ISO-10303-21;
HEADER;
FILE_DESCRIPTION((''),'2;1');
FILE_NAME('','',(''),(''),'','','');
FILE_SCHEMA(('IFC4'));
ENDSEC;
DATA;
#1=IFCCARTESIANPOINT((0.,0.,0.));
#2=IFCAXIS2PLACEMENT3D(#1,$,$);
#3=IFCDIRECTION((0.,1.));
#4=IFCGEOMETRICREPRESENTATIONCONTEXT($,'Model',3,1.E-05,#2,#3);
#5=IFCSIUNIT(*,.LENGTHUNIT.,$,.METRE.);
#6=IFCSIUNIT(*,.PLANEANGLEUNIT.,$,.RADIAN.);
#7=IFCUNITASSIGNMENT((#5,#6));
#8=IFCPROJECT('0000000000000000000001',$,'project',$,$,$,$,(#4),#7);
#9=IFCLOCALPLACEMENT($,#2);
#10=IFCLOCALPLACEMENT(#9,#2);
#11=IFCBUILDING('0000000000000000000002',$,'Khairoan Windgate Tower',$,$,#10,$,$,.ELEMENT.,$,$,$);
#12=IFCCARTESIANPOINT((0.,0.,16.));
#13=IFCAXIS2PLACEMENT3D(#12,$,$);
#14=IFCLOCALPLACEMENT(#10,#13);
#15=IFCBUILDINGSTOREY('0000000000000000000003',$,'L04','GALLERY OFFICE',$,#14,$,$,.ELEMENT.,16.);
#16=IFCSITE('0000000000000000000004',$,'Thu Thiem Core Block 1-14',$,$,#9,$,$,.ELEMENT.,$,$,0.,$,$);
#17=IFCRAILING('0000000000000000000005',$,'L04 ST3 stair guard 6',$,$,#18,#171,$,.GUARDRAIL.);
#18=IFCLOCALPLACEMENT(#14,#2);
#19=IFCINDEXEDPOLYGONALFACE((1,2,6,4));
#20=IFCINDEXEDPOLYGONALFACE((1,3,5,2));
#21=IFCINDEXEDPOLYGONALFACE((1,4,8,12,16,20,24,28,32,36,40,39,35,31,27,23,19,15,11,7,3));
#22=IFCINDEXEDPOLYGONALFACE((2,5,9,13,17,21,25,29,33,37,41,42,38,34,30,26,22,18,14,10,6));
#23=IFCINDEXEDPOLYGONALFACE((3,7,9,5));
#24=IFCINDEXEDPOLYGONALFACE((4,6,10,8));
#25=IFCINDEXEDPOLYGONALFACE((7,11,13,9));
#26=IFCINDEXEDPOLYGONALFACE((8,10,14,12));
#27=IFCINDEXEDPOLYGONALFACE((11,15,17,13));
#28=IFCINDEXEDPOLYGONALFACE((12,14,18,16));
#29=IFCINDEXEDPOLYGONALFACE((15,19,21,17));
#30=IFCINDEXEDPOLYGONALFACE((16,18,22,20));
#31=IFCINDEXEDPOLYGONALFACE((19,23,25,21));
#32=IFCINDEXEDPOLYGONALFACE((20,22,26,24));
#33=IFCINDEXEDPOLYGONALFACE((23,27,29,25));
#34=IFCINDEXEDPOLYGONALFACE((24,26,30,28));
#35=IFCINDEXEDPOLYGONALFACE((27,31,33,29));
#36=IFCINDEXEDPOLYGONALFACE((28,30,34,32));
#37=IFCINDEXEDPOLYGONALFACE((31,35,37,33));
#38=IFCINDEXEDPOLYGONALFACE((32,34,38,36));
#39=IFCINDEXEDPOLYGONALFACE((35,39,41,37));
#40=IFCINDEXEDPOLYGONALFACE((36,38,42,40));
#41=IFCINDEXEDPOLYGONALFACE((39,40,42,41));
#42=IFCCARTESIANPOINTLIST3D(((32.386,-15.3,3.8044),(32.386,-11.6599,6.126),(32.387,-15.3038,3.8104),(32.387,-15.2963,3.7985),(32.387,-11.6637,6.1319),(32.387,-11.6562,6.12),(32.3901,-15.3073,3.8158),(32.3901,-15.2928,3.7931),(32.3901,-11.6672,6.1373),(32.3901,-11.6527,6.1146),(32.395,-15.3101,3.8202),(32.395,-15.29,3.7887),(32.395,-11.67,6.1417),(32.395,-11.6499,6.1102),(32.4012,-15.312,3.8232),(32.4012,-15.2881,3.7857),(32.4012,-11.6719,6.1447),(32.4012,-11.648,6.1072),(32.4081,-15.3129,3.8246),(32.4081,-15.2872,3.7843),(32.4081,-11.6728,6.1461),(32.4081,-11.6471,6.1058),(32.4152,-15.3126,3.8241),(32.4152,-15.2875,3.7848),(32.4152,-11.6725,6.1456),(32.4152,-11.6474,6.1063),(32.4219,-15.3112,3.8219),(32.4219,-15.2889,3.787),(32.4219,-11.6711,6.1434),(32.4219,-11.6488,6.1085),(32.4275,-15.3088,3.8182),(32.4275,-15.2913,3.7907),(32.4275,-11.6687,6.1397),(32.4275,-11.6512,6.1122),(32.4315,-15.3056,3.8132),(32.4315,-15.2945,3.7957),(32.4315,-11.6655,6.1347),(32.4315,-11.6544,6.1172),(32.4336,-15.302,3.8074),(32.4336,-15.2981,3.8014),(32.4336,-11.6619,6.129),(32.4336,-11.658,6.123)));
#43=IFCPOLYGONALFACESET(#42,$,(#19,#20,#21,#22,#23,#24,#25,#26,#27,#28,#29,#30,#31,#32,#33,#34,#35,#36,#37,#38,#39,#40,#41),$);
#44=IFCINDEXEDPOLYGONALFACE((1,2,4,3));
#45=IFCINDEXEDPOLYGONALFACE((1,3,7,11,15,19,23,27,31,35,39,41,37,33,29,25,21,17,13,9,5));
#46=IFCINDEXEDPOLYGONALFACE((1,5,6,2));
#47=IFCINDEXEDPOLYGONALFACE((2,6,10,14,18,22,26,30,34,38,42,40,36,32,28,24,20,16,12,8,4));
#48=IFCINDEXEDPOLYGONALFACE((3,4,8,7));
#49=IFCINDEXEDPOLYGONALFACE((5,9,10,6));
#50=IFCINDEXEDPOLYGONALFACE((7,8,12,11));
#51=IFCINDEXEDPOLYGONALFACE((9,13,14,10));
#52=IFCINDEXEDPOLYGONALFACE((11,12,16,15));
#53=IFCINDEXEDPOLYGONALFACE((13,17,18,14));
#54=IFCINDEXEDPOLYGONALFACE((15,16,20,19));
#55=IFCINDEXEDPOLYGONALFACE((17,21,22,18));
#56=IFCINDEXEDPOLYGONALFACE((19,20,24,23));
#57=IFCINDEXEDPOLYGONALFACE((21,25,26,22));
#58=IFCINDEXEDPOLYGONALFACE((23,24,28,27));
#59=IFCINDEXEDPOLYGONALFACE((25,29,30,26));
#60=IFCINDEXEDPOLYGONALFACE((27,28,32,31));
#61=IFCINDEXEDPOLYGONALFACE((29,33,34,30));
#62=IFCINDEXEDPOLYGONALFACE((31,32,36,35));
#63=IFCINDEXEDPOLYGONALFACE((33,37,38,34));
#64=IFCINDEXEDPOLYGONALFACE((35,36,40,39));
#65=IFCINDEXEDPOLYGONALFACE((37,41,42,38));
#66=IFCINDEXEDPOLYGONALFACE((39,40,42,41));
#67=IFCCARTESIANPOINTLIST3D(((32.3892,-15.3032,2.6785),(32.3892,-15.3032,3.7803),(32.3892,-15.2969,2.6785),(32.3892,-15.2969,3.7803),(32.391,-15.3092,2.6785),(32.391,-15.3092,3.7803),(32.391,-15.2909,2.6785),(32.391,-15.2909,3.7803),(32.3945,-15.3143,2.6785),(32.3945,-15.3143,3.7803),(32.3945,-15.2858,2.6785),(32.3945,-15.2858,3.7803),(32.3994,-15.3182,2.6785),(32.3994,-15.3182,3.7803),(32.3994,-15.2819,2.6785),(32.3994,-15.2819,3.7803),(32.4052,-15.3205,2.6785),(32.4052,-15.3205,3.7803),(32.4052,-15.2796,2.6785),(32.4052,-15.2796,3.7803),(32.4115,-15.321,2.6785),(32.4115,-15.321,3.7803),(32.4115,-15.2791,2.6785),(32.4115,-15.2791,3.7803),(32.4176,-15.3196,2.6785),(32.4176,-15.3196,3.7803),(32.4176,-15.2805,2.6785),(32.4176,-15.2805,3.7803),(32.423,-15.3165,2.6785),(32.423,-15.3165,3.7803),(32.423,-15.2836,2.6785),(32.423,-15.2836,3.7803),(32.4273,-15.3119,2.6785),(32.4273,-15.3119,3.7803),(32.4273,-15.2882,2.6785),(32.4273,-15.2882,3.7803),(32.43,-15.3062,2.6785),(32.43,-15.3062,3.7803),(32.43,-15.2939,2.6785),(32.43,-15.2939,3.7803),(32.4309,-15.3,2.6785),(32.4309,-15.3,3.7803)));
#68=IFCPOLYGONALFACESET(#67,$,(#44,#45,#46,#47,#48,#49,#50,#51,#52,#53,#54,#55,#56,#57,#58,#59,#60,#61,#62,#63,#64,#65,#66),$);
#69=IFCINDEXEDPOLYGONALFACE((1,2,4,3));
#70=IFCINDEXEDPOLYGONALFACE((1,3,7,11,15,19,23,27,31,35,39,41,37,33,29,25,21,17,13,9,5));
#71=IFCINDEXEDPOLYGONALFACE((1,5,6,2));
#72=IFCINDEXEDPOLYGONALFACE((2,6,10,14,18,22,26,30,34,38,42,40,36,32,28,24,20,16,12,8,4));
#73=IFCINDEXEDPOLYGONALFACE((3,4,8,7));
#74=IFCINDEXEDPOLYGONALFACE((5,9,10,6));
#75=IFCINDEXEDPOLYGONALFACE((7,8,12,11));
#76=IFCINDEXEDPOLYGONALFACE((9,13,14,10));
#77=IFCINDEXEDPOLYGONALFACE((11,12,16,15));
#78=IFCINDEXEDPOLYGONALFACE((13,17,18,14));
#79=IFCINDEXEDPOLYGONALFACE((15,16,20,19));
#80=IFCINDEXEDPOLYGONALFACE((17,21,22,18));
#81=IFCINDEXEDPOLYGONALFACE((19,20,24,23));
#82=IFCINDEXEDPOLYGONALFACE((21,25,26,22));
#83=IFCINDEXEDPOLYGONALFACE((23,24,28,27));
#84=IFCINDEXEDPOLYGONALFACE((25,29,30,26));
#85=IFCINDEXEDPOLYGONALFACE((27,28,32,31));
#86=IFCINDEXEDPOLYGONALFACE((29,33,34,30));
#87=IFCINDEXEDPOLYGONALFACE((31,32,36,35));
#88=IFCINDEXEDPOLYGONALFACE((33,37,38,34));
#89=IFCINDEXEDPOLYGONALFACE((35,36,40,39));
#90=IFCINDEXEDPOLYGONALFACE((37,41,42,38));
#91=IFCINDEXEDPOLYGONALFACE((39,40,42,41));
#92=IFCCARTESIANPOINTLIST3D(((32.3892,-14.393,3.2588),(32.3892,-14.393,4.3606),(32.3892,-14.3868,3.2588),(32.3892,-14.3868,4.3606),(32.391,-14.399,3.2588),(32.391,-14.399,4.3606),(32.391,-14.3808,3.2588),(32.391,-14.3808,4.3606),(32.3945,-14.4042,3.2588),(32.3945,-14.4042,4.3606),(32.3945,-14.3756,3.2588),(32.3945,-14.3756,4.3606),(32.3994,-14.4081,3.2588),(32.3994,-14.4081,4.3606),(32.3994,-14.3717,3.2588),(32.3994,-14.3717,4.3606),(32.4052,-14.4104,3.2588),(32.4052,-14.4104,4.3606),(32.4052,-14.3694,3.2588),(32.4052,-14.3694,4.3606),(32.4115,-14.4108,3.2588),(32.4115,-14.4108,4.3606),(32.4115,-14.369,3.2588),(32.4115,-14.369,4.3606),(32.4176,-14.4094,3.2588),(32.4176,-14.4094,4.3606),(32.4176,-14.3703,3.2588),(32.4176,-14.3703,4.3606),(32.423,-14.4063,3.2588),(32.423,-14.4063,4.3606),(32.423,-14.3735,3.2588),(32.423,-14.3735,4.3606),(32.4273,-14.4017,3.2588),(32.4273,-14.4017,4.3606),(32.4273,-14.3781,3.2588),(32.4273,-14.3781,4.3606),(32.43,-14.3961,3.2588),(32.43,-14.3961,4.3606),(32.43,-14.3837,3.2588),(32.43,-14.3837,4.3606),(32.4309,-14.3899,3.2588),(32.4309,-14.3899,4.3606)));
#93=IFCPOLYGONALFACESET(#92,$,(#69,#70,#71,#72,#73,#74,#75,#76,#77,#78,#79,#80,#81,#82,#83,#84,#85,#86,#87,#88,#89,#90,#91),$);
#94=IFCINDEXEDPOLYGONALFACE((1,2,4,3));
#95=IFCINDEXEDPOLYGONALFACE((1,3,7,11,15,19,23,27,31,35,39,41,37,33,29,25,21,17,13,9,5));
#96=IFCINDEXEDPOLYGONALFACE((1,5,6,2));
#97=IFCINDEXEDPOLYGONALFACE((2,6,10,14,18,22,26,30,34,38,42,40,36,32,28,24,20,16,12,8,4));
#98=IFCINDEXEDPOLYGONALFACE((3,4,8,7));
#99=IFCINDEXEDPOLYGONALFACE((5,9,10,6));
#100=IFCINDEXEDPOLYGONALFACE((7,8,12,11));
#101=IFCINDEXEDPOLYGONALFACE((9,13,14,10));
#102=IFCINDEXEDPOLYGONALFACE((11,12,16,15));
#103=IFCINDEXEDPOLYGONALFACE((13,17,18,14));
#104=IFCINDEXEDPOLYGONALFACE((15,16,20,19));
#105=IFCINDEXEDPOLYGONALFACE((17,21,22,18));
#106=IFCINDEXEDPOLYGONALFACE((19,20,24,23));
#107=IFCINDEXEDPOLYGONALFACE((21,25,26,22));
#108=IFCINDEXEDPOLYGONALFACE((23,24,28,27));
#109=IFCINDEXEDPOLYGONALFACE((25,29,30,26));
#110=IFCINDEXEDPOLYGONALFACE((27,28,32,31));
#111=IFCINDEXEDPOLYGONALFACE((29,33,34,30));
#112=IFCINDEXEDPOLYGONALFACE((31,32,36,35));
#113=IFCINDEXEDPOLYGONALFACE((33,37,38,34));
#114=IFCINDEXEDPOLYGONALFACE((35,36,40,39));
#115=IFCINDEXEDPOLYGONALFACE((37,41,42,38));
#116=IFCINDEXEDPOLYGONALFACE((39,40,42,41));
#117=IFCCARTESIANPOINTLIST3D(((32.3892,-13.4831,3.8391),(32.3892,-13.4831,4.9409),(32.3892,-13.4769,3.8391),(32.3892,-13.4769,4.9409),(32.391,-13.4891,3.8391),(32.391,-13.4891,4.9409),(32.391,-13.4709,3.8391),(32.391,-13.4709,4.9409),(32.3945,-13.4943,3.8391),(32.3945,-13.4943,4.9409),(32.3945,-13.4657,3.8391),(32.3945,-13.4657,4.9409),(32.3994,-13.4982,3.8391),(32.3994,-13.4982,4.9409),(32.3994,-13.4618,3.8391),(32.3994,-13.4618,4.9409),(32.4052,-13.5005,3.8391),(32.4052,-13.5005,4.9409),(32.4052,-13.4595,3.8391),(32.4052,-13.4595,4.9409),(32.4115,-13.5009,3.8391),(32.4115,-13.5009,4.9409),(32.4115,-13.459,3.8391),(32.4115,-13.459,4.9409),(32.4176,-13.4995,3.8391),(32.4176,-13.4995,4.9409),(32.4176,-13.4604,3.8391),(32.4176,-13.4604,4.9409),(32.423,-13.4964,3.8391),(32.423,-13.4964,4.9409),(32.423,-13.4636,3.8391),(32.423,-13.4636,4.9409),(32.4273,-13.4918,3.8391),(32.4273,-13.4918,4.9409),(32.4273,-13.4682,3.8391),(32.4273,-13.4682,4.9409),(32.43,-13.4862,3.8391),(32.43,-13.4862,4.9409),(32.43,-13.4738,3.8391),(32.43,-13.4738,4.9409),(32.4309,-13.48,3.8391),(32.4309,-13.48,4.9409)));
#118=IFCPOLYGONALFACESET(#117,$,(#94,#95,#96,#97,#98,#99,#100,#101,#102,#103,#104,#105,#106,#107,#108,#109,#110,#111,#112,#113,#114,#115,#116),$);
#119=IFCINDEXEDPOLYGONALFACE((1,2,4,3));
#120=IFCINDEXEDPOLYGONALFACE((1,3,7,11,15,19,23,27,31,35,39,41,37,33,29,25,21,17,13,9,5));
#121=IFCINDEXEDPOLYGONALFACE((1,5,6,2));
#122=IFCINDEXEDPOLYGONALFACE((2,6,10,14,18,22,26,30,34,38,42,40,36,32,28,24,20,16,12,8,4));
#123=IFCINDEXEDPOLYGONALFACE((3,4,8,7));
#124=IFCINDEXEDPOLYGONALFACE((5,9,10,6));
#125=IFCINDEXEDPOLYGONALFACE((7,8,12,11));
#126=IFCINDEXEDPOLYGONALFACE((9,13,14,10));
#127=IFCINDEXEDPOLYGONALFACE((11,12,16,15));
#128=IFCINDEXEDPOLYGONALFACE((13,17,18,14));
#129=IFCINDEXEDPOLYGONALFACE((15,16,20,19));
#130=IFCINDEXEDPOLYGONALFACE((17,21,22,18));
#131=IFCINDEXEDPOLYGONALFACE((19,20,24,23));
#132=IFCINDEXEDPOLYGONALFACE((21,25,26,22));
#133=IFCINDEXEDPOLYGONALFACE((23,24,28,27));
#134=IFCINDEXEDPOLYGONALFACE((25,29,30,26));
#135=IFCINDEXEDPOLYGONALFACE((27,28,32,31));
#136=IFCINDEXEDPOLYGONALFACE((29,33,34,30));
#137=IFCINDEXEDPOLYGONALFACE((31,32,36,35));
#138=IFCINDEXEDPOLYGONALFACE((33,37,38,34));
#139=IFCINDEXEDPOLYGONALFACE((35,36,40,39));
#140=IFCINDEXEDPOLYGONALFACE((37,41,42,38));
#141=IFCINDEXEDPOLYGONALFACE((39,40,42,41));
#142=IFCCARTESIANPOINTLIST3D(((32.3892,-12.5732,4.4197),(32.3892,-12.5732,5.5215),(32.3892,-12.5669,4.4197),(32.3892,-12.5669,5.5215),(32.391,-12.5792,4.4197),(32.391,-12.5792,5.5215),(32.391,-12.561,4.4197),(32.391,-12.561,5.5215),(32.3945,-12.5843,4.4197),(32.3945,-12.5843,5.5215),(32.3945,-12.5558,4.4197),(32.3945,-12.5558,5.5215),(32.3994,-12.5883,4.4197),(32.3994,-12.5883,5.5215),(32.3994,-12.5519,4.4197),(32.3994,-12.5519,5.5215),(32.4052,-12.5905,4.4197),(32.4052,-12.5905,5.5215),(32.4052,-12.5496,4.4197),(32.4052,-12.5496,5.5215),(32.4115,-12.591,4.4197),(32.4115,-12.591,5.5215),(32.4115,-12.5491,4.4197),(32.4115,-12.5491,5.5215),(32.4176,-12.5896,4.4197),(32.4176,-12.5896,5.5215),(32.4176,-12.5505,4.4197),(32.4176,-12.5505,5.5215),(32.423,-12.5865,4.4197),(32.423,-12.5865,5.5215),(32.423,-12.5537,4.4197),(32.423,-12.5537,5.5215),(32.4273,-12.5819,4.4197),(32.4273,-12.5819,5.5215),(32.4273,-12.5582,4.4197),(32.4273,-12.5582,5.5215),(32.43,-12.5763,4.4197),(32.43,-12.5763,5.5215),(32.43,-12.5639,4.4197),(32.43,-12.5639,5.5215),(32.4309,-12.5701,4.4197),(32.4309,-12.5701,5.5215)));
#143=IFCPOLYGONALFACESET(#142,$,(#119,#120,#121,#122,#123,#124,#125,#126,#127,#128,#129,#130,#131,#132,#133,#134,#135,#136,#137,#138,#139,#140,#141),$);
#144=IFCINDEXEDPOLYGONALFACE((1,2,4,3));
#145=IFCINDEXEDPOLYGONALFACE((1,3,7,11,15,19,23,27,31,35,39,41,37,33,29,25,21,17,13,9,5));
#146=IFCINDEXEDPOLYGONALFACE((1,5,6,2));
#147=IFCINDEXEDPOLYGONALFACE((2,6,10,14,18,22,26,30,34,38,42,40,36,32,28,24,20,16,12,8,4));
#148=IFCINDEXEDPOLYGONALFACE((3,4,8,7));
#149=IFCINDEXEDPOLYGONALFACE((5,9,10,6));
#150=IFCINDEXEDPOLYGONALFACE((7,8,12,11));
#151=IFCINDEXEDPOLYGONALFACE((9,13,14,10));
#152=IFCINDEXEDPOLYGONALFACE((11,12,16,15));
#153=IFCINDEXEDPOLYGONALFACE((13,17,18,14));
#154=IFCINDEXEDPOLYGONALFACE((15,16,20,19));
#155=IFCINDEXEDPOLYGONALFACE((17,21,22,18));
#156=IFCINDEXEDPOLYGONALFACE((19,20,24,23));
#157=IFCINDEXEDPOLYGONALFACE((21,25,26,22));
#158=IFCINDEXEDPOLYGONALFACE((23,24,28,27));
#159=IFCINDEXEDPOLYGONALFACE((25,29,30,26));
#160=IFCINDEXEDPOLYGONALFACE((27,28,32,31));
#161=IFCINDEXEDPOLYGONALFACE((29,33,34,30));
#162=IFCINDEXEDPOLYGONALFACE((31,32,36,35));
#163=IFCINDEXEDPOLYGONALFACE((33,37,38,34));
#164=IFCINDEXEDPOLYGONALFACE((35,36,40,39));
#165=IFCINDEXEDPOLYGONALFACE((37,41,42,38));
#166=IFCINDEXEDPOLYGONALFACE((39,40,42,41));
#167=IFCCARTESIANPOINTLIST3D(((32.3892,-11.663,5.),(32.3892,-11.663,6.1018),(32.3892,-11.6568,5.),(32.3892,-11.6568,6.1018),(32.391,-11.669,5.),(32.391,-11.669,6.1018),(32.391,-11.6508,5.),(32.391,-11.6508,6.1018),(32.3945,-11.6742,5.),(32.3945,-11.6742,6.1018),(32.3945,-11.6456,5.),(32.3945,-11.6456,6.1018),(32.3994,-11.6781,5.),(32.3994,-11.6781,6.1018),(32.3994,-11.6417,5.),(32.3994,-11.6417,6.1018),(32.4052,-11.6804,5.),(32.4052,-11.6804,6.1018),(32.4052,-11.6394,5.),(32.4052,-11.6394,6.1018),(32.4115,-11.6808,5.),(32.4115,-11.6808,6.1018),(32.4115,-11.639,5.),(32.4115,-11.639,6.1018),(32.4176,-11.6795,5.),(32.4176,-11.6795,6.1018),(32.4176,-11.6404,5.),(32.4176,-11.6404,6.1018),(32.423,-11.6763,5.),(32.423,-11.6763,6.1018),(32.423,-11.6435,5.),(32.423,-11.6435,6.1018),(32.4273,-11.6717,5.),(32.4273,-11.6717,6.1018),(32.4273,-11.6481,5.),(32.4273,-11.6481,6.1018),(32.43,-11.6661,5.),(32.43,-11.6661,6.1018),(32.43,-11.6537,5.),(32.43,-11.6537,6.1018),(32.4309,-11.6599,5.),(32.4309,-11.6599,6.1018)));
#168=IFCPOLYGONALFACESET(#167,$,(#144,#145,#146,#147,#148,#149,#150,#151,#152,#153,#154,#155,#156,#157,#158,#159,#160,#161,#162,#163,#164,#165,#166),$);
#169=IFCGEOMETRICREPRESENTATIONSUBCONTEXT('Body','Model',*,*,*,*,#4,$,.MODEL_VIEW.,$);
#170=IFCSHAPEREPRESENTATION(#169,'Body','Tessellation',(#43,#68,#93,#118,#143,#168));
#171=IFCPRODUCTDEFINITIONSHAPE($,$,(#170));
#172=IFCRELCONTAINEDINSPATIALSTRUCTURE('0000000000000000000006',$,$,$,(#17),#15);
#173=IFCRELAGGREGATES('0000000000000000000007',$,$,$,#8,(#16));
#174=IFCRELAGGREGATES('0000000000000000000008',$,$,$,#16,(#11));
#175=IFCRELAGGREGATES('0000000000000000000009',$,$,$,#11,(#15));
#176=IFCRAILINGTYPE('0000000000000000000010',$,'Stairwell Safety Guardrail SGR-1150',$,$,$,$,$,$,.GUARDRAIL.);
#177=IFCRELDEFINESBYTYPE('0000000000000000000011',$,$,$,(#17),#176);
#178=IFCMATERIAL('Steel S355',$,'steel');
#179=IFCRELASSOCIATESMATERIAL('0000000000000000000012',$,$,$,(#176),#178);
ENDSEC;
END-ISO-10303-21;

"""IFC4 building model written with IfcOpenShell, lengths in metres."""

from ifc_helpers import new_model, si_unit, direction, frame, origin, origin_2d, place, context, subcontext, project, spatial, circle, extrude, material, type_object, element, save


model = new_model("IFC4")

# Units and contexts
model_context = context("Model", 3, precision=1e-05, world=origin(), true_north=direction((0.0, 1.0)))
body_context = subcontext(model_context, "Body", "Model", "MODEL_VIEW")
ifc_project = project(units=[si_unit("LENGTHUNIT", "METRE"), si_unit("PLANEANGLEUNIT", "RADIAN")], contexts=[model_context])

# Site, building, storey
site_placement = place(None, origin())
site = spatial("IfcSite", under=ifc_project, at=site_placement, Name="Thu Thiem Core Block 1-14", CompositionType="ELEMENT", RefElevation=0.0)
building_placement = place(site_placement, origin())
building = spatial("IfcBuilding", under=site, at=building_placement, Name="Khairoan Windgate Tower", CompositionType="ELEMENT")
storey_placement = place(building_placement, frame((0.0, 0.0, 16.0)))
storey = spatial("IfcBuildingStorey", under=building, at=storey_placement, Name="L04", Description="GALLERY OFFICE", CompositionType="ELEMENT", Elevation=16.0)

# Railing
ifc_material_1 = material(Name="Steel S355", Category="steel")
railing_type_1 = type_object("IfcRailingType", Name="Stairwell Safety Guardrail SGR-1150", PredefinedType="GUARDRAIL", material=ifc_material_1)
railing_1_placement = place(storey_placement, frame((32.4099, -15.3, 2.6785)))
element("IfcRailing", 1, at=railing_1_placement, inside=storey, type_object=railing_type_1, Name="L04 ST3 stair guard 6", PredefinedType="GUARDRAIL", context=body_context, shape_type="SweptSolid", body=[
    extrude(circle(Radius=0.0239, at=origin_2d()), frame((0.0, 0.0, 1.126), z_axis=(0.0, 0.843128, 0.537713), x_axis=(-1.0, 0.0, 0.0)), (0.0, 0.0, 1.0), 4.3174),
    extrude(circle(Radius=0.021, at=origin_2d()), origin(), (0.0, 0.0, 1.0), 1.1018),
    extrude(circle(Radius=0.021, at=origin_2d()), frame((0.0, 0.9102, 0.5803)), (0.0, 0.0, 1.0), 1.1018),
    extrude(circle(Radius=0.021, at=origin_2d()), frame((0.0, 1.8201, 1.1606)), (0.0, 0.0, 1.0), 1.1018),
    extrude(circle(Radius=0.021, at=origin_2d()), frame((0.0, 2.73, 1.7412)), (0.0, 0.0, 1.0), 1.1018),
    extrude(circle(Radius=0.021, at=origin_2d()), frame((0.0, 3.6401, 2.3215)), (0.0, 0.0, 1.0), 1.1018),
])

save(model, "model.ifc")
